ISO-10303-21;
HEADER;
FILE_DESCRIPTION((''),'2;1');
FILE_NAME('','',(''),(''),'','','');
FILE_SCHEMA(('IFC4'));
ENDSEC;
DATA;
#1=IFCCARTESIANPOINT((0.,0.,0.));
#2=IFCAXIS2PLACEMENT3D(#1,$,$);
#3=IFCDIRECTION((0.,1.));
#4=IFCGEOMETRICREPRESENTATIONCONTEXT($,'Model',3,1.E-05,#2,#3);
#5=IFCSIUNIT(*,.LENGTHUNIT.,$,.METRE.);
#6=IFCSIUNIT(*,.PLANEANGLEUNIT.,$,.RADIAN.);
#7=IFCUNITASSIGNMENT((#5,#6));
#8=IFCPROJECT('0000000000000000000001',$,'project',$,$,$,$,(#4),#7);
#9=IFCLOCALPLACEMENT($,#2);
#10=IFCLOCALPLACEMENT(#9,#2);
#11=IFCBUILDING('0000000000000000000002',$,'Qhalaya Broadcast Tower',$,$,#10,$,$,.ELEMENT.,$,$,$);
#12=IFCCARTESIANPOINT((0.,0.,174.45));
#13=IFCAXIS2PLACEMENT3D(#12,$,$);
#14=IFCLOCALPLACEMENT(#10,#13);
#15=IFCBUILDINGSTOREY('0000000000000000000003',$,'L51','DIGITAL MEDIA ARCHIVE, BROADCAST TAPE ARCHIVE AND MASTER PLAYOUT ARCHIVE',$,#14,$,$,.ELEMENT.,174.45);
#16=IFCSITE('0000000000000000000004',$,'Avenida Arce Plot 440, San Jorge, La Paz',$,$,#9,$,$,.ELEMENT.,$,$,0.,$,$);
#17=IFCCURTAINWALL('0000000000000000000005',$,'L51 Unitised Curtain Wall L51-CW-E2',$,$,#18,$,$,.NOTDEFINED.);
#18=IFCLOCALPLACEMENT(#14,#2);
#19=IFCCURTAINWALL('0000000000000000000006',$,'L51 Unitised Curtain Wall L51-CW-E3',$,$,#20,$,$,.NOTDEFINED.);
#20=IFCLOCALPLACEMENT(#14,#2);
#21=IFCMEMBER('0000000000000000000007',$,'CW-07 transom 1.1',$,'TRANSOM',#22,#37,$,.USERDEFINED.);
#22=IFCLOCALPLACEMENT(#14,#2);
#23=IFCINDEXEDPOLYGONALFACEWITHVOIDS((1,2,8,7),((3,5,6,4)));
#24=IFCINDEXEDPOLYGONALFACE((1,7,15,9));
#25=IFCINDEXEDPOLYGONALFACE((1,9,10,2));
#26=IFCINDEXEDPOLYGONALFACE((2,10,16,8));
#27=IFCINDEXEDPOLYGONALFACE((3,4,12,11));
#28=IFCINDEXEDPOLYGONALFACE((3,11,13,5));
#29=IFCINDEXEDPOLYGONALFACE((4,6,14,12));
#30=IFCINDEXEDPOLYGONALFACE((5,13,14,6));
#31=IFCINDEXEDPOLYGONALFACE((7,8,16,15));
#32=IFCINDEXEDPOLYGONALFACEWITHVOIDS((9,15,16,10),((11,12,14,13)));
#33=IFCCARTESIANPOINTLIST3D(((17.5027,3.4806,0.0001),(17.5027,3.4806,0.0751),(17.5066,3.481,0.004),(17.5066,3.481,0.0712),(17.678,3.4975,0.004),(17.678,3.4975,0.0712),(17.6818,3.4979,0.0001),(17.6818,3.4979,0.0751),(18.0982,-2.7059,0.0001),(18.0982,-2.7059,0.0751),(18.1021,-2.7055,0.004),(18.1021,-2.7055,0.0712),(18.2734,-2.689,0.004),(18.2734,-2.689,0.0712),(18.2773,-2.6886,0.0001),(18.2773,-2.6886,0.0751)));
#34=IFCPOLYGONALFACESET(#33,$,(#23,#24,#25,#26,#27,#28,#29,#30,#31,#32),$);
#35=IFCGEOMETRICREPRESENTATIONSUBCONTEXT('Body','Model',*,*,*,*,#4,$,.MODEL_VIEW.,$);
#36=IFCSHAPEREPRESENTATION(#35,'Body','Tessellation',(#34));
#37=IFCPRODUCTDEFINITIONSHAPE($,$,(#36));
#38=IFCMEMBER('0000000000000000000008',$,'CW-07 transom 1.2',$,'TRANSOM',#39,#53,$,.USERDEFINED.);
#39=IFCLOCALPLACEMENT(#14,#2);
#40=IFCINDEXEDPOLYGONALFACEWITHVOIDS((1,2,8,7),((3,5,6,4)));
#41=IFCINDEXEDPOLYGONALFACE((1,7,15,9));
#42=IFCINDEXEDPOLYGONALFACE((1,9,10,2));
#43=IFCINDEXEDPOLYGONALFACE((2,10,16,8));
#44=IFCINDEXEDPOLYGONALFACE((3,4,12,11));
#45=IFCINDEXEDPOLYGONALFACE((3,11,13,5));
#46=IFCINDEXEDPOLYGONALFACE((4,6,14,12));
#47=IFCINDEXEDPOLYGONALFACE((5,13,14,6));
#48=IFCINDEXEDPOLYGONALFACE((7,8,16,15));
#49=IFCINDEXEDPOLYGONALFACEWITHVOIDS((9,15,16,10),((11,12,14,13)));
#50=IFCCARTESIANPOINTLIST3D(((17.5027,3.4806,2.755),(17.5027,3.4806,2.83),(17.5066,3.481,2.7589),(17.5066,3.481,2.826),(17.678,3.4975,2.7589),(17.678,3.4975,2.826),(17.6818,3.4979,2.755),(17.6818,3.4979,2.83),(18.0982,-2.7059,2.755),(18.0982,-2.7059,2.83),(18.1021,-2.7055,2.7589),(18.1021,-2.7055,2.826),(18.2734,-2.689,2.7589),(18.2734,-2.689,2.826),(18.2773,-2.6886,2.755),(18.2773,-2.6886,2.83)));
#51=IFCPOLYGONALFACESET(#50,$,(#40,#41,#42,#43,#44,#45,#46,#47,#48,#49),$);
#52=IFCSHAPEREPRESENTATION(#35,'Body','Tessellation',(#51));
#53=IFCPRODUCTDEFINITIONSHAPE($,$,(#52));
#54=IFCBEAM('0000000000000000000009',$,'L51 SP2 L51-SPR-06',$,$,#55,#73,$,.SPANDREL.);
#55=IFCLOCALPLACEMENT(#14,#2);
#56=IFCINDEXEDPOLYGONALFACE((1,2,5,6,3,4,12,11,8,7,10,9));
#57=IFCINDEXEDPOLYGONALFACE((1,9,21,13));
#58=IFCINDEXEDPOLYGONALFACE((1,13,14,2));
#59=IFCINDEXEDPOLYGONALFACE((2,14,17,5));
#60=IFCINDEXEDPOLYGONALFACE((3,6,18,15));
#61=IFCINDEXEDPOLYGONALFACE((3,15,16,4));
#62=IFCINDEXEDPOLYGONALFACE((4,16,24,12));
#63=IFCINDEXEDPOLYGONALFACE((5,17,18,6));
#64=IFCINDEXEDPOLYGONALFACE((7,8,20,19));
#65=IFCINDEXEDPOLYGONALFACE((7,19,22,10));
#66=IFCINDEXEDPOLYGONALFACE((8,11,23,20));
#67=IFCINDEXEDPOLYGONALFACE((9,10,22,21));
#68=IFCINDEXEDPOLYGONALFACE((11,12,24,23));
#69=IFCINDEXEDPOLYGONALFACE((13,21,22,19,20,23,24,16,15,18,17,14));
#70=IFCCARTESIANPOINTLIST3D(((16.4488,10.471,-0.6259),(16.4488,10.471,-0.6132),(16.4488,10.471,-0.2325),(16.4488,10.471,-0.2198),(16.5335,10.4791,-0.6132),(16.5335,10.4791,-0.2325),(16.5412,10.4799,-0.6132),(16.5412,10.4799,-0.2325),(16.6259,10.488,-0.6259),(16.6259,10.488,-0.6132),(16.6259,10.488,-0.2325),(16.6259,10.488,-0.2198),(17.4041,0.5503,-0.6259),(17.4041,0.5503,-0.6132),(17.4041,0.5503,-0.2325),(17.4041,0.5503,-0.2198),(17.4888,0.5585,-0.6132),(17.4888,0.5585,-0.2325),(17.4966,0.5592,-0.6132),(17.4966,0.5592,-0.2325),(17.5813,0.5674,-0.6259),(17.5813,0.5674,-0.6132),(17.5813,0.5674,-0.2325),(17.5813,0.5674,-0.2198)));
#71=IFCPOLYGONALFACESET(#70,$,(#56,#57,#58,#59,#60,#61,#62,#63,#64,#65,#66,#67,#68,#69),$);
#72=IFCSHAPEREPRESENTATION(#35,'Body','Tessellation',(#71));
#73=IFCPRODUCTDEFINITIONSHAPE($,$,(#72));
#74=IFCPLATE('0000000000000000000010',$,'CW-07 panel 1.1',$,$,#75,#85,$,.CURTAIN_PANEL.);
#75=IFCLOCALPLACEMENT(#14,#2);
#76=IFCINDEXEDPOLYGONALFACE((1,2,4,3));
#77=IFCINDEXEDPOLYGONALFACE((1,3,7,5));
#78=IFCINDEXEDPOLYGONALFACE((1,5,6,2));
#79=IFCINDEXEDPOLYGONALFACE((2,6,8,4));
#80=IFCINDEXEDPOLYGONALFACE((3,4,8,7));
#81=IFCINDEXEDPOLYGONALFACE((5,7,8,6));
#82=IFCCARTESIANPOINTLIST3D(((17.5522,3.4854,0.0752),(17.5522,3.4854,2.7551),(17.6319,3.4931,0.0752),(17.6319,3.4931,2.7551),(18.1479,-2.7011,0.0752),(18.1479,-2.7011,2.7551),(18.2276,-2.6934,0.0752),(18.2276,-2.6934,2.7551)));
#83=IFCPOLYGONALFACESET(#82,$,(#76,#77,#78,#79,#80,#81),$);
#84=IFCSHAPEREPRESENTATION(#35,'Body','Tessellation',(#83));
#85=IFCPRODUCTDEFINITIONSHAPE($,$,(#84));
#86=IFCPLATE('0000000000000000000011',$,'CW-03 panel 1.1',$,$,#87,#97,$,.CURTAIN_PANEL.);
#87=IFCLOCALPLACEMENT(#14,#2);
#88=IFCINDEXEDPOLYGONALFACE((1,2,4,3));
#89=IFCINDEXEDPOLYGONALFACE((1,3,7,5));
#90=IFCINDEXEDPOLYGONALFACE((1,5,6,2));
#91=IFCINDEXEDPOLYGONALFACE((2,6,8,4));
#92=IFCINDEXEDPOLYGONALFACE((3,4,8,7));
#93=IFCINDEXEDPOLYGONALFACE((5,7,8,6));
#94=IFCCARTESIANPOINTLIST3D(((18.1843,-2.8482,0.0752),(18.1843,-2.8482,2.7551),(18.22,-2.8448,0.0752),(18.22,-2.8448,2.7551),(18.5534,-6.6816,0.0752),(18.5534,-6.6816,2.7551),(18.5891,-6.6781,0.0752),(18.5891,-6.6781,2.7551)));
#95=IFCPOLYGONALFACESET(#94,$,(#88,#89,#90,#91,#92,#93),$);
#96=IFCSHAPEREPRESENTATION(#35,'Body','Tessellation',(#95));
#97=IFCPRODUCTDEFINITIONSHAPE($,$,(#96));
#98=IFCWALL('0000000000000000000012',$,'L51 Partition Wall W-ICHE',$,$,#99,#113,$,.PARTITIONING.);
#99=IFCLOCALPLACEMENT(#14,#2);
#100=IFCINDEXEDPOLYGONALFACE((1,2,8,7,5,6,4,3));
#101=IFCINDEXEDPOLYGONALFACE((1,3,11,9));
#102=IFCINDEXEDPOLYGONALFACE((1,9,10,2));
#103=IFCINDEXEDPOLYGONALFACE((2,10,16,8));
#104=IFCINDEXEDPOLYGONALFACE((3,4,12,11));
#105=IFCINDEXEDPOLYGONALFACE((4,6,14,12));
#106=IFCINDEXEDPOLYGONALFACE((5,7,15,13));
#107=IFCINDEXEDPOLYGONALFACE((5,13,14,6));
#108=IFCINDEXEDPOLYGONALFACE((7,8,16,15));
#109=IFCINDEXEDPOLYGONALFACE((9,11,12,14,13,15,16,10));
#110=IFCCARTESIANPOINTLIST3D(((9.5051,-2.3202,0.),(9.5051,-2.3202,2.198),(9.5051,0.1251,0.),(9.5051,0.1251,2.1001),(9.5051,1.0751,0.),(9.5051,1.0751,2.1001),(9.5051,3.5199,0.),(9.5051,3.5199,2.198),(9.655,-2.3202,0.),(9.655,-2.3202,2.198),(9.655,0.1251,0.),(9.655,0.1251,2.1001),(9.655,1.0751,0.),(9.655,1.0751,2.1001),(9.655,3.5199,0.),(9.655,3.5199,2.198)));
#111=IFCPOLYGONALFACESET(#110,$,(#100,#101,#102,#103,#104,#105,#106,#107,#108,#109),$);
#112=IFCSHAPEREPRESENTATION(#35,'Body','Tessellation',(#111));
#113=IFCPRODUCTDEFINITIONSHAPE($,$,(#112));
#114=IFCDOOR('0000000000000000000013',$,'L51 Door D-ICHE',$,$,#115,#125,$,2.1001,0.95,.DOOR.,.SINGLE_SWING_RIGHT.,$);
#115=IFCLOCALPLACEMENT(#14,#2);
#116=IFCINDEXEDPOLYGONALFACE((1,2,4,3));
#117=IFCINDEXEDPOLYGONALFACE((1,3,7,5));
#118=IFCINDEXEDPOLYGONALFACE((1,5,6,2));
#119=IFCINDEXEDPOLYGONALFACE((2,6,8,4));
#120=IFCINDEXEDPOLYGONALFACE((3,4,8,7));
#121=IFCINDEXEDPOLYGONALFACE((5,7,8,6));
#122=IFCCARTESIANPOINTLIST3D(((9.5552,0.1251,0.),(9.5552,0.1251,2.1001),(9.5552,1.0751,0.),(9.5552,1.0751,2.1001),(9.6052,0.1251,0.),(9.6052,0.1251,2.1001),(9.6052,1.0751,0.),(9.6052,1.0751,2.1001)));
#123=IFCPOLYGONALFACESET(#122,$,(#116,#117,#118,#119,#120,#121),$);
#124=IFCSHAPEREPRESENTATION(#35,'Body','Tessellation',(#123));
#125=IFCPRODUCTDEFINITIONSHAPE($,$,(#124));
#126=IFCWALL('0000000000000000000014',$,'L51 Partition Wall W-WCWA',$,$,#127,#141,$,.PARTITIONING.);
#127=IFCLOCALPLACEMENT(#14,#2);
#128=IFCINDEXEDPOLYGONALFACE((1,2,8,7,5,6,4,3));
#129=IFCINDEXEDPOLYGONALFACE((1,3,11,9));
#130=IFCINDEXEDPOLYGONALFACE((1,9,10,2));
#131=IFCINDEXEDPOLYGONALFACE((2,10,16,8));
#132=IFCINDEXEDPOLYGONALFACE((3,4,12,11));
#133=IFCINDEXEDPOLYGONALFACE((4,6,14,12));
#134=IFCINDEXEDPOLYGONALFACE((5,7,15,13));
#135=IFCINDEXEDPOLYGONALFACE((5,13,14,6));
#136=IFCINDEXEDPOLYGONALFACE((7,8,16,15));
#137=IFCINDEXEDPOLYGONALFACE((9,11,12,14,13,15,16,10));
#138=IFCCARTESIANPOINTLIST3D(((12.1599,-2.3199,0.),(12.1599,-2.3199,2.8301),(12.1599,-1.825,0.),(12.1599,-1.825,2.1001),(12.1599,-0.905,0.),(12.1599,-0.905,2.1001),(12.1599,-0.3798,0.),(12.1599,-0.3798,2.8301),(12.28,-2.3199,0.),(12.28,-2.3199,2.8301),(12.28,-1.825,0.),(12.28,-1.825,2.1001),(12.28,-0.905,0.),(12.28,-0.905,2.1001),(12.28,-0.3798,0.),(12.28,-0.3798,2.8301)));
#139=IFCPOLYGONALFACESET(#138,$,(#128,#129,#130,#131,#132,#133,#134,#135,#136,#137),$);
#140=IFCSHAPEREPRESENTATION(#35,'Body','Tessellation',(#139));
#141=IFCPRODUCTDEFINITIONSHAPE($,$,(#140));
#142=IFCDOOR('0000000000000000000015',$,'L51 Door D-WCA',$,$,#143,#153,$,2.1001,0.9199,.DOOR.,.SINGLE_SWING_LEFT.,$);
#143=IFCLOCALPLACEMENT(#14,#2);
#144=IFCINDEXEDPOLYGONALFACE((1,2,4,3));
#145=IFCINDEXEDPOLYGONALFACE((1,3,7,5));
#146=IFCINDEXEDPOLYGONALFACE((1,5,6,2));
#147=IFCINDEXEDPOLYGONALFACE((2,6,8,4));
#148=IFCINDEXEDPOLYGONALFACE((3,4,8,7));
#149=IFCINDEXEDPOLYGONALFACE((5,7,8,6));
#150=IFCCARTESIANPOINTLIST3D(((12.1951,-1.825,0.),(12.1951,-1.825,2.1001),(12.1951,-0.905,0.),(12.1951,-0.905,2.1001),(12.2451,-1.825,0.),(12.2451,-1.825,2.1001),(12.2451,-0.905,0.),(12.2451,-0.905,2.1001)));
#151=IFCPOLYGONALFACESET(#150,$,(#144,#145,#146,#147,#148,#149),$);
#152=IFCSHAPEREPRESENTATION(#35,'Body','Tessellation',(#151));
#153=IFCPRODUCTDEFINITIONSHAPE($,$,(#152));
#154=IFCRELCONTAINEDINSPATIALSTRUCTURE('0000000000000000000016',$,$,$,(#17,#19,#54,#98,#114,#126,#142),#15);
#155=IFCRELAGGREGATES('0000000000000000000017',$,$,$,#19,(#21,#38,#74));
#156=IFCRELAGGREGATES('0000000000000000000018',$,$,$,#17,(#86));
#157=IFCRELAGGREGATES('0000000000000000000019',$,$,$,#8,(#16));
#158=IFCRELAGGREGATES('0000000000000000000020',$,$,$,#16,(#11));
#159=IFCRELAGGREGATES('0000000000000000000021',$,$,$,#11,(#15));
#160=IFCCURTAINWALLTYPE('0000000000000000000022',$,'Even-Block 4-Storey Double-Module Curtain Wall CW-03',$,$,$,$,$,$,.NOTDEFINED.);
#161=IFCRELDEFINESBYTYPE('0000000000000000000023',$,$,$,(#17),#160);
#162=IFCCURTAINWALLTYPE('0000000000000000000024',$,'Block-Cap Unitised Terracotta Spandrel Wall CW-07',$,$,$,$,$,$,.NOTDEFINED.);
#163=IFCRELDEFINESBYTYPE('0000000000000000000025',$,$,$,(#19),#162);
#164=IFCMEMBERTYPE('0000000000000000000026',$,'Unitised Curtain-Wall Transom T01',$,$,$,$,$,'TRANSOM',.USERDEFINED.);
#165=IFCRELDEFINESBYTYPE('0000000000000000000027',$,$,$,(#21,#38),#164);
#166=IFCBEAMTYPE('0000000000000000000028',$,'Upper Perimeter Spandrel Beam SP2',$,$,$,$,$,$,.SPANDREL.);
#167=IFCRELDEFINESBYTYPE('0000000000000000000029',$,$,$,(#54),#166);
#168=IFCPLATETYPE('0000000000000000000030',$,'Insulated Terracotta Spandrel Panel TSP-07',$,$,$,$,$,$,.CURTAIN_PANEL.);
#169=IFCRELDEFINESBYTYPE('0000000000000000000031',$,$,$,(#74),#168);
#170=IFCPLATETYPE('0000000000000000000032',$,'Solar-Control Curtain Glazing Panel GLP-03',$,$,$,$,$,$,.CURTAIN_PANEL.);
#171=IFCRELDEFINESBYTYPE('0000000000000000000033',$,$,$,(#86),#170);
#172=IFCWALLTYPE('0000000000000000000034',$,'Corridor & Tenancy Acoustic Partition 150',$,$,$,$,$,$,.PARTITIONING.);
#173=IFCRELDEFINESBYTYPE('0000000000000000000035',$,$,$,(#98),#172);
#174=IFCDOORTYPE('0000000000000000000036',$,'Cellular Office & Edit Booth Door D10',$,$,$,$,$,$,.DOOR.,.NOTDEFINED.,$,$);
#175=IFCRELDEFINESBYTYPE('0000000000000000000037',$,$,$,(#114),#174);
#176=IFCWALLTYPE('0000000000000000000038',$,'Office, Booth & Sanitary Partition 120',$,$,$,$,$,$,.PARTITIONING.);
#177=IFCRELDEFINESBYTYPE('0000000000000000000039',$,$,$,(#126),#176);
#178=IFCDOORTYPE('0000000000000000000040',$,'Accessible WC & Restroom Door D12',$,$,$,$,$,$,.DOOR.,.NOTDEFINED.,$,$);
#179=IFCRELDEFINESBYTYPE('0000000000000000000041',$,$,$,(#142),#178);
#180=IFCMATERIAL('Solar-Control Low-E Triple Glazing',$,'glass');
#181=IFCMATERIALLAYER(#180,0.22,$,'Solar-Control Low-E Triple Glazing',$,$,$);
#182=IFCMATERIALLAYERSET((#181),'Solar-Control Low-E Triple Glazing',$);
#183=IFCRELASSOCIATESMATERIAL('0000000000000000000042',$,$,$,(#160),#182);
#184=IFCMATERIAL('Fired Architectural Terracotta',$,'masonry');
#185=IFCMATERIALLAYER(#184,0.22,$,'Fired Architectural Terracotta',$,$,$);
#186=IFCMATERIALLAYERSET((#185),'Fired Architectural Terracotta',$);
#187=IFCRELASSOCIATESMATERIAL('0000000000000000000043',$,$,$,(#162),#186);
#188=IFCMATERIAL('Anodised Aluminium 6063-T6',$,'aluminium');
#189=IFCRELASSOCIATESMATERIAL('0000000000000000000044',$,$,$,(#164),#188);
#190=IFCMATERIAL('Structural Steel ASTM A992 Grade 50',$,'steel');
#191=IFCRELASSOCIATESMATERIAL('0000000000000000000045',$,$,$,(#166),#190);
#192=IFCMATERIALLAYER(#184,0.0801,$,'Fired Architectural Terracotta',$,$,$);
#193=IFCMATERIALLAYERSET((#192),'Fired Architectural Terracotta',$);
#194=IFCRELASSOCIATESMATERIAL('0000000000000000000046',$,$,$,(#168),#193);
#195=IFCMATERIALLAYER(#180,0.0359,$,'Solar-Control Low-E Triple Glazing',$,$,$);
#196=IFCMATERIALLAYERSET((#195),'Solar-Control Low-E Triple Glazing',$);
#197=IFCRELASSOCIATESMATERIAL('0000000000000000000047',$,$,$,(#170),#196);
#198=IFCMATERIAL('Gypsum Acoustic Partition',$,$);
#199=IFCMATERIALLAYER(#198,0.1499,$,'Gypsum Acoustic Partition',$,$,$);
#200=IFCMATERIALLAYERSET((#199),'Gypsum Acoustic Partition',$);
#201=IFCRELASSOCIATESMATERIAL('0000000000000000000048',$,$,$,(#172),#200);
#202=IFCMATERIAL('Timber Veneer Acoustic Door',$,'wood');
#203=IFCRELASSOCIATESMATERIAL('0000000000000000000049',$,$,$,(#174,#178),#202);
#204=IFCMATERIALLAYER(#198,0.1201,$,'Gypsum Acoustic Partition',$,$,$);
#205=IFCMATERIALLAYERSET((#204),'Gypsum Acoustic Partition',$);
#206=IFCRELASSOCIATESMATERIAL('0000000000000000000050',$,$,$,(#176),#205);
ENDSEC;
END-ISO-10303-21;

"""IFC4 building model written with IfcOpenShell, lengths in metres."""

from ifc_helpers import new_model, si_unit, direction, frame, frame_2d, origin, origin_2d, place, context, subcontext, project, spatial, rectangle, hollow_rectangle, i_section, extrude, material, layer, layer_set, material_profile, profile_set, type_object, element, fill, aggregate, save


model = new_model("IFC4")

# Units and contexts
model_context = context("Model", 3, precision=1e-05, world=origin(), true_north=direction((0.0, 1.0)))
body_context = subcontext(model_context, "Body", "Model", "MODEL_VIEW")
ifc_project = project(units=[si_unit("LENGTHUNIT", "METRE"), si_unit("PLANEANGLEUNIT", "RADIAN")], contexts=[model_context])

# Site, building, storey
site_placement = place(None, origin())
site = spatial("IfcSite", under=ifc_project, at=site_placement, Name="Avenida Arce Plot 440, San Jorge, La Paz", CompositionType="ELEMENT", RefElevation=0.0)
building_placement = place(site_placement, origin())
building = spatial("IfcBuilding", under=site, at=building_placement, Name="Qhalaya Broadcast Tower", CompositionType="ELEMENT")
storey_placement = place(building_placement, frame((0.0, 0.0, 174.45)))
storey = spatial("IfcBuildingStorey", under=building, at=storey_placement, Name="L51", Description="DIGITAL MEDIA ARCHIVE, BROADCAST TAPE ARCHIVE AND MASTER PLAYOUT ARCHIVE", CompositionType="ELEMENT", Elevation=174.45)

# Shared definitions
ifc_material_1 = material(Name="Structural Steel ASTM A992 Grade 50", Category="steel")

# Curtain walls
ifc_material_2 = material(Name="Solar-Control Low-E Triple Glazing", Category="glass")
ifc_layer_1 = layer(ifc_material_2, 0.22, Name="Solar-Control Low-E Triple Glazing")
ifc_layer_set_1 = layer_set([ifc_layer_1], Name="Solar-Control Low-E Triple Glazing")
curtain_wall_type_1 = type_object("IfcCurtainWallType", Name="Even-Block 4-Storey Double-Module Curtain Wall CW-03", PredefinedType="NOTDEFINED", material=ifc_layer_set_1)
curtain_wall_1_placement = place(storey_placement, origin())
curtain_wall_1 = element("IfcCurtainWall", 1, at=curtain_wall_1_placement, inside=storey, type_object=curtain_wall_type_1, Name="L51 Unitised Curtain Wall L51-CW-E2", PredefinedType="NOTDEFINED")
ifc_material_3 = material(Name="Anodised Aluminium 6063-T6", Category="aluminium")
ifc_material_4 = material(Name="Fired Architectural Terracotta", Category="masonry")
ifc_layer_2 = layer(ifc_material_4, 0.22, Name="Fired Architectural Terracotta")
ifc_layer_set_2 = layer_set([ifc_layer_2], Name="Fired Architectural Terracotta")
curtain_wall_type_2 = type_object("IfcCurtainWallType", Name="Block-Cap Unitised Terracotta Spandrel Wall CW-07", PredefinedType="NOTDEFINED", material=ifc_layer_set_2)
curtain_wall_2_placement = place(storey_placement, origin())
curtain_wall_2 = element("IfcCurtainWall", 2, at=curtain_wall_2_placement, inside=storey, type_object=curtain_wall_type_2, Name="L51 Unitised Curtain Wall L51-CW-E3", PredefinedType="NOTDEFINED")

# Members
ifc_material_profile_1 = material_profile(ifc_material_3, hollow_rectangle(XDim=0.075, YDim=0.1799, WallThickness=0.0039, at=origin_2d()), Name="ALU-TRN 75x180x4")
ifc_profile_set_1 = profile_set([ifc_material_profile_1], Name="Anodised Aluminium 6063-T6")
member_type_1 = type_object("IfcMemberType", Name="Unitised Curtain-Wall Transom T01", ElementType="TRANSOM", PredefinedType="USERDEFINED", material=ifc_profile_set_1)
member_1_placement = place(storey_placement, frame((18.1877, -2.6973, 0.0376), z_axis=(-0.095808, 0.9954, 0.0), x_axis=(0.0, 0.0, 1.0)))
member_1 = element("IfcMember", 3, at=member_1_placement, type_object=member_type_1, Name="CW-07 transom 1.1", ObjectType="TRANSOM", PredefinedType="USERDEFINED", context=body_context, shape_type="SweptSolid", body=[
    extrude(hollow_rectangle(XDim=0.075, YDim=0.1799, WallThickness=0.0039, at=origin_2d()), origin(), (0.0, 0.0, 1.0), 6.2151),
])
member_2_placement = place(storey_placement, frame((18.1877, -2.6973, 2.7925), z_axis=(-0.095808, 0.9954, 0.0), x_axis=(0.0, 0.0, 1.0)))
member_2 = element("IfcMember", 4, at=member_2_placement, type_object=member_type_1, Name="CW-07 transom 1.2", ObjectType="TRANSOM", PredefinedType="USERDEFINED", context=body_context, shape_type="SweptSolid", body=[
    extrude(hollow_rectangle(XDim=0.075, YDim=0.1799, WallThickness=0.0039, at=origin_2d()), origin(), (0.0, 0.0, 1.0), 6.2151),
])

# Beam
ifc_material_profile_2 = material_profile(ifc_material_1, i_section(OverallWidth=0.178, OverallDepth=0.406, WebThickness=0.0078, FlangeThickness=0.0127, at=origin_2d()), Name="W16X40")
ifc_profile_set_2 = profile_set([ifc_material_profile_2], Name="Structural Steel ASTM A992 Grade 50")
beam_type_1 = type_object("IfcBeamType", Name="Upper Perimeter Spandrel Beam SP2", PredefinedType="SPANDREL", material=ifc_profile_set_2)
beam_1_placement = place(storey_placement, frame((17.4927, 0.5588, -0.4229), z_axis=(-0.095853, 0.995396, 0.0), x_axis=(-0.995396, -0.095853, 0.0)))
element("IfcBeam", 5, at=beam_1_placement, inside=storey, type_object=beam_type_1, Name="L51 SP2 L51-SPR-06", PredefinedType="SPANDREL", context=body_context, shape_type="SweptSolid", body=[
    extrude(i_section(OverallWidth=0.178, OverallDepth=0.406, WebThickness=0.0078, FlangeThickness=0.0127, at=origin_2d()), origin(), (0.0, 0.0, 1.0), 9.9666),
])

# Plates
ifc_layer_3 = layer(ifc_material_4, 0.0801, Name="Fired Architectural Terracotta")
ifc_layer_set_3 = layer_set([ifc_layer_3], Name="Fired Architectural Terracotta")
plate_type_1 = type_object("IfcPlateType", Name="Insulated Terracotta Spandrel Panel TSP-07", PredefinedType="CURTAIN_PANEL", material=ifc_layer_set_3)
plate_1_placement = place(storey_placement, frame((17.8899, 0.396, 0.0752), z_axis=(0.0, 0.0, 1.0), x_axis=(-0.095837, 0.995397, 0.0)))
plate_1 = element("IfcPlate", 6, at=plate_1_placement, type_object=plate_type_1, Name="CW-07 panel 1.1", PredefinedType="CURTAIN_PANEL", context=body_context, shape_type="SweptSolid", body=[
    extrude(rectangle(XDim=6.2151, YDim=0.0801, at=origin_2d()), origin(), (0.0, 0.0, 1.0), 2.6799),
])
aggregate(curtain_wall_2, [member_1, member_2, plate_1])
ifc_layer_4 = layer(ifc_material_2, 0.0359, Name="Solar-Control Low-E Triple Glazing")
ifc_layer_set_4 = layer_set([ifc_layer_4], Name="Solar-Control Low-E Triple Glazing")
plate_type_2 = type_object("IfcPlateType", Name="Solar-Control Curtain Glazing Panel GLP-03", PredefinedType="CURTAIN_PANEL", material=ifc_layer_set_4)
plate_2_placement = place(storey_placement, frame((18.3867, -4.7632, 0.0752), z_axis=(0.0, 0.0, 1.0), x_axis=(-0.095851, 0.995396, 0.0)))
plate_2 = element("IfcPlate", 7, at=plate_2_placement, type_object=plate_type_2, Name="CW-03 panel 1.1", PredefinedType="CURTAIN_PANEL", context=body_context, shape_type="SweptSolid", body=[
    extrude(rectangle(XDim=3.8511, YDim=0.0359, at=origin_2d()), origin(), (0.0, 0.0, 1.0), 2.6799),
])
aggregate(curtain_wall_1, [plate_2])

# Walls, openings, doors
ifc_material_5 = material(Name="Gypsum Acoustic Partition")
ifc_layer_5 = layer(ifc_material_5, 0.1499, Name="Gypsum Acoustic Partition")
ifc_layer_set_5 = layer_set([ifc_layer_5], Name="Gypsum Acoustic Partition")
wall_type_1 = type_object("IfcWallType", Name="Corridor & Tenancy Acoustic Partition 150", PredefinedType="PARTITIONING", material=ifc_layer_set_5)
wall_1_placement = place(storey_placement, frame((9.5801, -2.3201, 0.0), z_axis=(0.0, 0.0, 1.0), x_axis=(0.0, 1.0, 0.0)))
wall_1 = element("IfcWall", 8, at=wall_1_placement, inside=storey, type_object=wall_type_1, Name="L51 Partition Wall W-ICHE", PredefinedType="PARTITIONING", context=body_context, shape_type="SweptSolid", body=[
    extrude(rectangle(XDim=5.8401, YDim=0.1499, at=frame_2d((2.9199, 0.0))), origin(), (0.0, 0.0, 1.0), 2.198),
])
opening_1_placement = place(wall_1_placement, frame((2.4451, 0.0, 0.0)))
opening_1 = element("IfcOpeningElement", 9, at=opening_1_placement, cuts=wall_1, PredefinedType="OPENING", context=body_context, shape_type="SweptSolid", body=[
    extrude(rectangle(XDim=0.95, YDim=2.1001, at=frame_2d((0.4751, 1.05))), frame((0.0, 0.0869, 0.0), z_axis=(0.0, -1.0, 0.0), x_axis=(1.0, 0.0, 0.0)), (0.0, 0.0, 1.0), 0.1738),
])
ifc_material_6 = material(Name="Timber Veneer Acoustic Door", Category="wood")
door_type_1 = type_object("IfcDoorType", Name="Cellular Office & Edit Booth Door D10", OperationType="NOTDEFINED", PredefinedType="DOOR", material=ifc_material_6)
door_1_placement = place(opening_1_placement, origin())
door_1 = element("IfcDoor", 10, at=door_1_placement, inside=storey, type_object=door_type_1, Name="L51 Door D-ICHE", OperationType="SINGLE_SWING_RIGHT", OverallHeight=2.1001, OverallWidth=0.95, PredefinedType="DOOR", context=body_context, shape_type="SweptSolid", body=[
    extrude(rectangle(XDim=0.95, YDim=2.1001, at=frame_2d((0.4751, 1.05))), frame((0.0, 0.0249, 0.0), z_axis=(0.0, -1.0, 0.0), x_axis=(1.0, 0.0, 0.0)), (0.0, 0.0, 1.0), 0.05),
])
fill(opening_1, door_1)
ifc_layer_6 = layer(ifc_material_5, 0.1201, Name="Gypsum Acoustic Partition")
ifc_layer_set_6 = layer_set([ifc_layer_6], Name="Gypsum Acoustic Partition")
wall_type_2 = type_object("IfcWallType", Name="Office, Booth & Sanitary Partition 120", PredefinedType="PARTITIONING", material=ifc_layer_set_6)
wall_2_placement = place(storey_placement, frame((12.22, -2.3201, 0.0), z_axis=(0.0, 0.0, 1.0), x_axis=(0.0, 1.0, 0.0)))
wall_2 = element("IfcWall", 11, at=wall_2_placement, inside=storey, type_object=wall_type_2, Name="L51 Partition Wall W-WCWA", PredefinedType="PARTITIONING", context=body_context, shape_type="SweptSolid", body=[
    extrude(rectangle(XDim=1.9402, YDim=0.1201, at=frame_2d((0.9702, 0.0))), origin(), (0.0, 0.0, 1.0), 2.8301),
])
opening_2_placement = place(wall_2_placement, frame((0.4951, 0.0, 0.0)))
opening_2 = element("IfcOpeningElement", 12, at=opening_2_placement, cuts=wall_2, PredefinedType="OPENING", context=body_context, shape_type="SweptSolid", body=[
    extrude(rectangle(XDim=0.9199, YDim=2.1001, at=frame_2d((0.46, 1.05))), frame((0.0, 0.072, 0.0), z_axis=(0.0, -1.0, 0.0), x_axis=(1.0, 0.0, 0.0)), (0.0, 0.0, 1.0), 0.144),
])
door_type_2 = type_object("IfcDoorType", Name="Accessible WC & Restroom Door D12", OperationType="NOTDEFINED", PredefinedType="DOOR", material=ifc_material_6)
door_2_placement = place(opening_2_placement, origin())
door_2 = element("IfcDoor", 13, at=door_2_placement, inside=storey, type_object=door_type_2, Name="L51 Door D-WCA", OperationType="SINGLE_SWING_LEFT", OverallHeight=2.1001, OverallWidth=0.9199, PredefinedType="DOOR", context=body_context, shape_type="SweptSolid", body=[
    extrude(rectangle(XDim=0.9199, YDim=2.1001, at=frame_2d((0.46, 1.05))), frame((0.0, 0.0249, 0.0), z_axis=(0.0, -1.0, 0.0), x_axis=(1.0, 0.0, 0.0)), (0.0, 0.0, 1.0), 0.05),
])
fill(opening_2, door_2)

save(model, "model.ifc")
